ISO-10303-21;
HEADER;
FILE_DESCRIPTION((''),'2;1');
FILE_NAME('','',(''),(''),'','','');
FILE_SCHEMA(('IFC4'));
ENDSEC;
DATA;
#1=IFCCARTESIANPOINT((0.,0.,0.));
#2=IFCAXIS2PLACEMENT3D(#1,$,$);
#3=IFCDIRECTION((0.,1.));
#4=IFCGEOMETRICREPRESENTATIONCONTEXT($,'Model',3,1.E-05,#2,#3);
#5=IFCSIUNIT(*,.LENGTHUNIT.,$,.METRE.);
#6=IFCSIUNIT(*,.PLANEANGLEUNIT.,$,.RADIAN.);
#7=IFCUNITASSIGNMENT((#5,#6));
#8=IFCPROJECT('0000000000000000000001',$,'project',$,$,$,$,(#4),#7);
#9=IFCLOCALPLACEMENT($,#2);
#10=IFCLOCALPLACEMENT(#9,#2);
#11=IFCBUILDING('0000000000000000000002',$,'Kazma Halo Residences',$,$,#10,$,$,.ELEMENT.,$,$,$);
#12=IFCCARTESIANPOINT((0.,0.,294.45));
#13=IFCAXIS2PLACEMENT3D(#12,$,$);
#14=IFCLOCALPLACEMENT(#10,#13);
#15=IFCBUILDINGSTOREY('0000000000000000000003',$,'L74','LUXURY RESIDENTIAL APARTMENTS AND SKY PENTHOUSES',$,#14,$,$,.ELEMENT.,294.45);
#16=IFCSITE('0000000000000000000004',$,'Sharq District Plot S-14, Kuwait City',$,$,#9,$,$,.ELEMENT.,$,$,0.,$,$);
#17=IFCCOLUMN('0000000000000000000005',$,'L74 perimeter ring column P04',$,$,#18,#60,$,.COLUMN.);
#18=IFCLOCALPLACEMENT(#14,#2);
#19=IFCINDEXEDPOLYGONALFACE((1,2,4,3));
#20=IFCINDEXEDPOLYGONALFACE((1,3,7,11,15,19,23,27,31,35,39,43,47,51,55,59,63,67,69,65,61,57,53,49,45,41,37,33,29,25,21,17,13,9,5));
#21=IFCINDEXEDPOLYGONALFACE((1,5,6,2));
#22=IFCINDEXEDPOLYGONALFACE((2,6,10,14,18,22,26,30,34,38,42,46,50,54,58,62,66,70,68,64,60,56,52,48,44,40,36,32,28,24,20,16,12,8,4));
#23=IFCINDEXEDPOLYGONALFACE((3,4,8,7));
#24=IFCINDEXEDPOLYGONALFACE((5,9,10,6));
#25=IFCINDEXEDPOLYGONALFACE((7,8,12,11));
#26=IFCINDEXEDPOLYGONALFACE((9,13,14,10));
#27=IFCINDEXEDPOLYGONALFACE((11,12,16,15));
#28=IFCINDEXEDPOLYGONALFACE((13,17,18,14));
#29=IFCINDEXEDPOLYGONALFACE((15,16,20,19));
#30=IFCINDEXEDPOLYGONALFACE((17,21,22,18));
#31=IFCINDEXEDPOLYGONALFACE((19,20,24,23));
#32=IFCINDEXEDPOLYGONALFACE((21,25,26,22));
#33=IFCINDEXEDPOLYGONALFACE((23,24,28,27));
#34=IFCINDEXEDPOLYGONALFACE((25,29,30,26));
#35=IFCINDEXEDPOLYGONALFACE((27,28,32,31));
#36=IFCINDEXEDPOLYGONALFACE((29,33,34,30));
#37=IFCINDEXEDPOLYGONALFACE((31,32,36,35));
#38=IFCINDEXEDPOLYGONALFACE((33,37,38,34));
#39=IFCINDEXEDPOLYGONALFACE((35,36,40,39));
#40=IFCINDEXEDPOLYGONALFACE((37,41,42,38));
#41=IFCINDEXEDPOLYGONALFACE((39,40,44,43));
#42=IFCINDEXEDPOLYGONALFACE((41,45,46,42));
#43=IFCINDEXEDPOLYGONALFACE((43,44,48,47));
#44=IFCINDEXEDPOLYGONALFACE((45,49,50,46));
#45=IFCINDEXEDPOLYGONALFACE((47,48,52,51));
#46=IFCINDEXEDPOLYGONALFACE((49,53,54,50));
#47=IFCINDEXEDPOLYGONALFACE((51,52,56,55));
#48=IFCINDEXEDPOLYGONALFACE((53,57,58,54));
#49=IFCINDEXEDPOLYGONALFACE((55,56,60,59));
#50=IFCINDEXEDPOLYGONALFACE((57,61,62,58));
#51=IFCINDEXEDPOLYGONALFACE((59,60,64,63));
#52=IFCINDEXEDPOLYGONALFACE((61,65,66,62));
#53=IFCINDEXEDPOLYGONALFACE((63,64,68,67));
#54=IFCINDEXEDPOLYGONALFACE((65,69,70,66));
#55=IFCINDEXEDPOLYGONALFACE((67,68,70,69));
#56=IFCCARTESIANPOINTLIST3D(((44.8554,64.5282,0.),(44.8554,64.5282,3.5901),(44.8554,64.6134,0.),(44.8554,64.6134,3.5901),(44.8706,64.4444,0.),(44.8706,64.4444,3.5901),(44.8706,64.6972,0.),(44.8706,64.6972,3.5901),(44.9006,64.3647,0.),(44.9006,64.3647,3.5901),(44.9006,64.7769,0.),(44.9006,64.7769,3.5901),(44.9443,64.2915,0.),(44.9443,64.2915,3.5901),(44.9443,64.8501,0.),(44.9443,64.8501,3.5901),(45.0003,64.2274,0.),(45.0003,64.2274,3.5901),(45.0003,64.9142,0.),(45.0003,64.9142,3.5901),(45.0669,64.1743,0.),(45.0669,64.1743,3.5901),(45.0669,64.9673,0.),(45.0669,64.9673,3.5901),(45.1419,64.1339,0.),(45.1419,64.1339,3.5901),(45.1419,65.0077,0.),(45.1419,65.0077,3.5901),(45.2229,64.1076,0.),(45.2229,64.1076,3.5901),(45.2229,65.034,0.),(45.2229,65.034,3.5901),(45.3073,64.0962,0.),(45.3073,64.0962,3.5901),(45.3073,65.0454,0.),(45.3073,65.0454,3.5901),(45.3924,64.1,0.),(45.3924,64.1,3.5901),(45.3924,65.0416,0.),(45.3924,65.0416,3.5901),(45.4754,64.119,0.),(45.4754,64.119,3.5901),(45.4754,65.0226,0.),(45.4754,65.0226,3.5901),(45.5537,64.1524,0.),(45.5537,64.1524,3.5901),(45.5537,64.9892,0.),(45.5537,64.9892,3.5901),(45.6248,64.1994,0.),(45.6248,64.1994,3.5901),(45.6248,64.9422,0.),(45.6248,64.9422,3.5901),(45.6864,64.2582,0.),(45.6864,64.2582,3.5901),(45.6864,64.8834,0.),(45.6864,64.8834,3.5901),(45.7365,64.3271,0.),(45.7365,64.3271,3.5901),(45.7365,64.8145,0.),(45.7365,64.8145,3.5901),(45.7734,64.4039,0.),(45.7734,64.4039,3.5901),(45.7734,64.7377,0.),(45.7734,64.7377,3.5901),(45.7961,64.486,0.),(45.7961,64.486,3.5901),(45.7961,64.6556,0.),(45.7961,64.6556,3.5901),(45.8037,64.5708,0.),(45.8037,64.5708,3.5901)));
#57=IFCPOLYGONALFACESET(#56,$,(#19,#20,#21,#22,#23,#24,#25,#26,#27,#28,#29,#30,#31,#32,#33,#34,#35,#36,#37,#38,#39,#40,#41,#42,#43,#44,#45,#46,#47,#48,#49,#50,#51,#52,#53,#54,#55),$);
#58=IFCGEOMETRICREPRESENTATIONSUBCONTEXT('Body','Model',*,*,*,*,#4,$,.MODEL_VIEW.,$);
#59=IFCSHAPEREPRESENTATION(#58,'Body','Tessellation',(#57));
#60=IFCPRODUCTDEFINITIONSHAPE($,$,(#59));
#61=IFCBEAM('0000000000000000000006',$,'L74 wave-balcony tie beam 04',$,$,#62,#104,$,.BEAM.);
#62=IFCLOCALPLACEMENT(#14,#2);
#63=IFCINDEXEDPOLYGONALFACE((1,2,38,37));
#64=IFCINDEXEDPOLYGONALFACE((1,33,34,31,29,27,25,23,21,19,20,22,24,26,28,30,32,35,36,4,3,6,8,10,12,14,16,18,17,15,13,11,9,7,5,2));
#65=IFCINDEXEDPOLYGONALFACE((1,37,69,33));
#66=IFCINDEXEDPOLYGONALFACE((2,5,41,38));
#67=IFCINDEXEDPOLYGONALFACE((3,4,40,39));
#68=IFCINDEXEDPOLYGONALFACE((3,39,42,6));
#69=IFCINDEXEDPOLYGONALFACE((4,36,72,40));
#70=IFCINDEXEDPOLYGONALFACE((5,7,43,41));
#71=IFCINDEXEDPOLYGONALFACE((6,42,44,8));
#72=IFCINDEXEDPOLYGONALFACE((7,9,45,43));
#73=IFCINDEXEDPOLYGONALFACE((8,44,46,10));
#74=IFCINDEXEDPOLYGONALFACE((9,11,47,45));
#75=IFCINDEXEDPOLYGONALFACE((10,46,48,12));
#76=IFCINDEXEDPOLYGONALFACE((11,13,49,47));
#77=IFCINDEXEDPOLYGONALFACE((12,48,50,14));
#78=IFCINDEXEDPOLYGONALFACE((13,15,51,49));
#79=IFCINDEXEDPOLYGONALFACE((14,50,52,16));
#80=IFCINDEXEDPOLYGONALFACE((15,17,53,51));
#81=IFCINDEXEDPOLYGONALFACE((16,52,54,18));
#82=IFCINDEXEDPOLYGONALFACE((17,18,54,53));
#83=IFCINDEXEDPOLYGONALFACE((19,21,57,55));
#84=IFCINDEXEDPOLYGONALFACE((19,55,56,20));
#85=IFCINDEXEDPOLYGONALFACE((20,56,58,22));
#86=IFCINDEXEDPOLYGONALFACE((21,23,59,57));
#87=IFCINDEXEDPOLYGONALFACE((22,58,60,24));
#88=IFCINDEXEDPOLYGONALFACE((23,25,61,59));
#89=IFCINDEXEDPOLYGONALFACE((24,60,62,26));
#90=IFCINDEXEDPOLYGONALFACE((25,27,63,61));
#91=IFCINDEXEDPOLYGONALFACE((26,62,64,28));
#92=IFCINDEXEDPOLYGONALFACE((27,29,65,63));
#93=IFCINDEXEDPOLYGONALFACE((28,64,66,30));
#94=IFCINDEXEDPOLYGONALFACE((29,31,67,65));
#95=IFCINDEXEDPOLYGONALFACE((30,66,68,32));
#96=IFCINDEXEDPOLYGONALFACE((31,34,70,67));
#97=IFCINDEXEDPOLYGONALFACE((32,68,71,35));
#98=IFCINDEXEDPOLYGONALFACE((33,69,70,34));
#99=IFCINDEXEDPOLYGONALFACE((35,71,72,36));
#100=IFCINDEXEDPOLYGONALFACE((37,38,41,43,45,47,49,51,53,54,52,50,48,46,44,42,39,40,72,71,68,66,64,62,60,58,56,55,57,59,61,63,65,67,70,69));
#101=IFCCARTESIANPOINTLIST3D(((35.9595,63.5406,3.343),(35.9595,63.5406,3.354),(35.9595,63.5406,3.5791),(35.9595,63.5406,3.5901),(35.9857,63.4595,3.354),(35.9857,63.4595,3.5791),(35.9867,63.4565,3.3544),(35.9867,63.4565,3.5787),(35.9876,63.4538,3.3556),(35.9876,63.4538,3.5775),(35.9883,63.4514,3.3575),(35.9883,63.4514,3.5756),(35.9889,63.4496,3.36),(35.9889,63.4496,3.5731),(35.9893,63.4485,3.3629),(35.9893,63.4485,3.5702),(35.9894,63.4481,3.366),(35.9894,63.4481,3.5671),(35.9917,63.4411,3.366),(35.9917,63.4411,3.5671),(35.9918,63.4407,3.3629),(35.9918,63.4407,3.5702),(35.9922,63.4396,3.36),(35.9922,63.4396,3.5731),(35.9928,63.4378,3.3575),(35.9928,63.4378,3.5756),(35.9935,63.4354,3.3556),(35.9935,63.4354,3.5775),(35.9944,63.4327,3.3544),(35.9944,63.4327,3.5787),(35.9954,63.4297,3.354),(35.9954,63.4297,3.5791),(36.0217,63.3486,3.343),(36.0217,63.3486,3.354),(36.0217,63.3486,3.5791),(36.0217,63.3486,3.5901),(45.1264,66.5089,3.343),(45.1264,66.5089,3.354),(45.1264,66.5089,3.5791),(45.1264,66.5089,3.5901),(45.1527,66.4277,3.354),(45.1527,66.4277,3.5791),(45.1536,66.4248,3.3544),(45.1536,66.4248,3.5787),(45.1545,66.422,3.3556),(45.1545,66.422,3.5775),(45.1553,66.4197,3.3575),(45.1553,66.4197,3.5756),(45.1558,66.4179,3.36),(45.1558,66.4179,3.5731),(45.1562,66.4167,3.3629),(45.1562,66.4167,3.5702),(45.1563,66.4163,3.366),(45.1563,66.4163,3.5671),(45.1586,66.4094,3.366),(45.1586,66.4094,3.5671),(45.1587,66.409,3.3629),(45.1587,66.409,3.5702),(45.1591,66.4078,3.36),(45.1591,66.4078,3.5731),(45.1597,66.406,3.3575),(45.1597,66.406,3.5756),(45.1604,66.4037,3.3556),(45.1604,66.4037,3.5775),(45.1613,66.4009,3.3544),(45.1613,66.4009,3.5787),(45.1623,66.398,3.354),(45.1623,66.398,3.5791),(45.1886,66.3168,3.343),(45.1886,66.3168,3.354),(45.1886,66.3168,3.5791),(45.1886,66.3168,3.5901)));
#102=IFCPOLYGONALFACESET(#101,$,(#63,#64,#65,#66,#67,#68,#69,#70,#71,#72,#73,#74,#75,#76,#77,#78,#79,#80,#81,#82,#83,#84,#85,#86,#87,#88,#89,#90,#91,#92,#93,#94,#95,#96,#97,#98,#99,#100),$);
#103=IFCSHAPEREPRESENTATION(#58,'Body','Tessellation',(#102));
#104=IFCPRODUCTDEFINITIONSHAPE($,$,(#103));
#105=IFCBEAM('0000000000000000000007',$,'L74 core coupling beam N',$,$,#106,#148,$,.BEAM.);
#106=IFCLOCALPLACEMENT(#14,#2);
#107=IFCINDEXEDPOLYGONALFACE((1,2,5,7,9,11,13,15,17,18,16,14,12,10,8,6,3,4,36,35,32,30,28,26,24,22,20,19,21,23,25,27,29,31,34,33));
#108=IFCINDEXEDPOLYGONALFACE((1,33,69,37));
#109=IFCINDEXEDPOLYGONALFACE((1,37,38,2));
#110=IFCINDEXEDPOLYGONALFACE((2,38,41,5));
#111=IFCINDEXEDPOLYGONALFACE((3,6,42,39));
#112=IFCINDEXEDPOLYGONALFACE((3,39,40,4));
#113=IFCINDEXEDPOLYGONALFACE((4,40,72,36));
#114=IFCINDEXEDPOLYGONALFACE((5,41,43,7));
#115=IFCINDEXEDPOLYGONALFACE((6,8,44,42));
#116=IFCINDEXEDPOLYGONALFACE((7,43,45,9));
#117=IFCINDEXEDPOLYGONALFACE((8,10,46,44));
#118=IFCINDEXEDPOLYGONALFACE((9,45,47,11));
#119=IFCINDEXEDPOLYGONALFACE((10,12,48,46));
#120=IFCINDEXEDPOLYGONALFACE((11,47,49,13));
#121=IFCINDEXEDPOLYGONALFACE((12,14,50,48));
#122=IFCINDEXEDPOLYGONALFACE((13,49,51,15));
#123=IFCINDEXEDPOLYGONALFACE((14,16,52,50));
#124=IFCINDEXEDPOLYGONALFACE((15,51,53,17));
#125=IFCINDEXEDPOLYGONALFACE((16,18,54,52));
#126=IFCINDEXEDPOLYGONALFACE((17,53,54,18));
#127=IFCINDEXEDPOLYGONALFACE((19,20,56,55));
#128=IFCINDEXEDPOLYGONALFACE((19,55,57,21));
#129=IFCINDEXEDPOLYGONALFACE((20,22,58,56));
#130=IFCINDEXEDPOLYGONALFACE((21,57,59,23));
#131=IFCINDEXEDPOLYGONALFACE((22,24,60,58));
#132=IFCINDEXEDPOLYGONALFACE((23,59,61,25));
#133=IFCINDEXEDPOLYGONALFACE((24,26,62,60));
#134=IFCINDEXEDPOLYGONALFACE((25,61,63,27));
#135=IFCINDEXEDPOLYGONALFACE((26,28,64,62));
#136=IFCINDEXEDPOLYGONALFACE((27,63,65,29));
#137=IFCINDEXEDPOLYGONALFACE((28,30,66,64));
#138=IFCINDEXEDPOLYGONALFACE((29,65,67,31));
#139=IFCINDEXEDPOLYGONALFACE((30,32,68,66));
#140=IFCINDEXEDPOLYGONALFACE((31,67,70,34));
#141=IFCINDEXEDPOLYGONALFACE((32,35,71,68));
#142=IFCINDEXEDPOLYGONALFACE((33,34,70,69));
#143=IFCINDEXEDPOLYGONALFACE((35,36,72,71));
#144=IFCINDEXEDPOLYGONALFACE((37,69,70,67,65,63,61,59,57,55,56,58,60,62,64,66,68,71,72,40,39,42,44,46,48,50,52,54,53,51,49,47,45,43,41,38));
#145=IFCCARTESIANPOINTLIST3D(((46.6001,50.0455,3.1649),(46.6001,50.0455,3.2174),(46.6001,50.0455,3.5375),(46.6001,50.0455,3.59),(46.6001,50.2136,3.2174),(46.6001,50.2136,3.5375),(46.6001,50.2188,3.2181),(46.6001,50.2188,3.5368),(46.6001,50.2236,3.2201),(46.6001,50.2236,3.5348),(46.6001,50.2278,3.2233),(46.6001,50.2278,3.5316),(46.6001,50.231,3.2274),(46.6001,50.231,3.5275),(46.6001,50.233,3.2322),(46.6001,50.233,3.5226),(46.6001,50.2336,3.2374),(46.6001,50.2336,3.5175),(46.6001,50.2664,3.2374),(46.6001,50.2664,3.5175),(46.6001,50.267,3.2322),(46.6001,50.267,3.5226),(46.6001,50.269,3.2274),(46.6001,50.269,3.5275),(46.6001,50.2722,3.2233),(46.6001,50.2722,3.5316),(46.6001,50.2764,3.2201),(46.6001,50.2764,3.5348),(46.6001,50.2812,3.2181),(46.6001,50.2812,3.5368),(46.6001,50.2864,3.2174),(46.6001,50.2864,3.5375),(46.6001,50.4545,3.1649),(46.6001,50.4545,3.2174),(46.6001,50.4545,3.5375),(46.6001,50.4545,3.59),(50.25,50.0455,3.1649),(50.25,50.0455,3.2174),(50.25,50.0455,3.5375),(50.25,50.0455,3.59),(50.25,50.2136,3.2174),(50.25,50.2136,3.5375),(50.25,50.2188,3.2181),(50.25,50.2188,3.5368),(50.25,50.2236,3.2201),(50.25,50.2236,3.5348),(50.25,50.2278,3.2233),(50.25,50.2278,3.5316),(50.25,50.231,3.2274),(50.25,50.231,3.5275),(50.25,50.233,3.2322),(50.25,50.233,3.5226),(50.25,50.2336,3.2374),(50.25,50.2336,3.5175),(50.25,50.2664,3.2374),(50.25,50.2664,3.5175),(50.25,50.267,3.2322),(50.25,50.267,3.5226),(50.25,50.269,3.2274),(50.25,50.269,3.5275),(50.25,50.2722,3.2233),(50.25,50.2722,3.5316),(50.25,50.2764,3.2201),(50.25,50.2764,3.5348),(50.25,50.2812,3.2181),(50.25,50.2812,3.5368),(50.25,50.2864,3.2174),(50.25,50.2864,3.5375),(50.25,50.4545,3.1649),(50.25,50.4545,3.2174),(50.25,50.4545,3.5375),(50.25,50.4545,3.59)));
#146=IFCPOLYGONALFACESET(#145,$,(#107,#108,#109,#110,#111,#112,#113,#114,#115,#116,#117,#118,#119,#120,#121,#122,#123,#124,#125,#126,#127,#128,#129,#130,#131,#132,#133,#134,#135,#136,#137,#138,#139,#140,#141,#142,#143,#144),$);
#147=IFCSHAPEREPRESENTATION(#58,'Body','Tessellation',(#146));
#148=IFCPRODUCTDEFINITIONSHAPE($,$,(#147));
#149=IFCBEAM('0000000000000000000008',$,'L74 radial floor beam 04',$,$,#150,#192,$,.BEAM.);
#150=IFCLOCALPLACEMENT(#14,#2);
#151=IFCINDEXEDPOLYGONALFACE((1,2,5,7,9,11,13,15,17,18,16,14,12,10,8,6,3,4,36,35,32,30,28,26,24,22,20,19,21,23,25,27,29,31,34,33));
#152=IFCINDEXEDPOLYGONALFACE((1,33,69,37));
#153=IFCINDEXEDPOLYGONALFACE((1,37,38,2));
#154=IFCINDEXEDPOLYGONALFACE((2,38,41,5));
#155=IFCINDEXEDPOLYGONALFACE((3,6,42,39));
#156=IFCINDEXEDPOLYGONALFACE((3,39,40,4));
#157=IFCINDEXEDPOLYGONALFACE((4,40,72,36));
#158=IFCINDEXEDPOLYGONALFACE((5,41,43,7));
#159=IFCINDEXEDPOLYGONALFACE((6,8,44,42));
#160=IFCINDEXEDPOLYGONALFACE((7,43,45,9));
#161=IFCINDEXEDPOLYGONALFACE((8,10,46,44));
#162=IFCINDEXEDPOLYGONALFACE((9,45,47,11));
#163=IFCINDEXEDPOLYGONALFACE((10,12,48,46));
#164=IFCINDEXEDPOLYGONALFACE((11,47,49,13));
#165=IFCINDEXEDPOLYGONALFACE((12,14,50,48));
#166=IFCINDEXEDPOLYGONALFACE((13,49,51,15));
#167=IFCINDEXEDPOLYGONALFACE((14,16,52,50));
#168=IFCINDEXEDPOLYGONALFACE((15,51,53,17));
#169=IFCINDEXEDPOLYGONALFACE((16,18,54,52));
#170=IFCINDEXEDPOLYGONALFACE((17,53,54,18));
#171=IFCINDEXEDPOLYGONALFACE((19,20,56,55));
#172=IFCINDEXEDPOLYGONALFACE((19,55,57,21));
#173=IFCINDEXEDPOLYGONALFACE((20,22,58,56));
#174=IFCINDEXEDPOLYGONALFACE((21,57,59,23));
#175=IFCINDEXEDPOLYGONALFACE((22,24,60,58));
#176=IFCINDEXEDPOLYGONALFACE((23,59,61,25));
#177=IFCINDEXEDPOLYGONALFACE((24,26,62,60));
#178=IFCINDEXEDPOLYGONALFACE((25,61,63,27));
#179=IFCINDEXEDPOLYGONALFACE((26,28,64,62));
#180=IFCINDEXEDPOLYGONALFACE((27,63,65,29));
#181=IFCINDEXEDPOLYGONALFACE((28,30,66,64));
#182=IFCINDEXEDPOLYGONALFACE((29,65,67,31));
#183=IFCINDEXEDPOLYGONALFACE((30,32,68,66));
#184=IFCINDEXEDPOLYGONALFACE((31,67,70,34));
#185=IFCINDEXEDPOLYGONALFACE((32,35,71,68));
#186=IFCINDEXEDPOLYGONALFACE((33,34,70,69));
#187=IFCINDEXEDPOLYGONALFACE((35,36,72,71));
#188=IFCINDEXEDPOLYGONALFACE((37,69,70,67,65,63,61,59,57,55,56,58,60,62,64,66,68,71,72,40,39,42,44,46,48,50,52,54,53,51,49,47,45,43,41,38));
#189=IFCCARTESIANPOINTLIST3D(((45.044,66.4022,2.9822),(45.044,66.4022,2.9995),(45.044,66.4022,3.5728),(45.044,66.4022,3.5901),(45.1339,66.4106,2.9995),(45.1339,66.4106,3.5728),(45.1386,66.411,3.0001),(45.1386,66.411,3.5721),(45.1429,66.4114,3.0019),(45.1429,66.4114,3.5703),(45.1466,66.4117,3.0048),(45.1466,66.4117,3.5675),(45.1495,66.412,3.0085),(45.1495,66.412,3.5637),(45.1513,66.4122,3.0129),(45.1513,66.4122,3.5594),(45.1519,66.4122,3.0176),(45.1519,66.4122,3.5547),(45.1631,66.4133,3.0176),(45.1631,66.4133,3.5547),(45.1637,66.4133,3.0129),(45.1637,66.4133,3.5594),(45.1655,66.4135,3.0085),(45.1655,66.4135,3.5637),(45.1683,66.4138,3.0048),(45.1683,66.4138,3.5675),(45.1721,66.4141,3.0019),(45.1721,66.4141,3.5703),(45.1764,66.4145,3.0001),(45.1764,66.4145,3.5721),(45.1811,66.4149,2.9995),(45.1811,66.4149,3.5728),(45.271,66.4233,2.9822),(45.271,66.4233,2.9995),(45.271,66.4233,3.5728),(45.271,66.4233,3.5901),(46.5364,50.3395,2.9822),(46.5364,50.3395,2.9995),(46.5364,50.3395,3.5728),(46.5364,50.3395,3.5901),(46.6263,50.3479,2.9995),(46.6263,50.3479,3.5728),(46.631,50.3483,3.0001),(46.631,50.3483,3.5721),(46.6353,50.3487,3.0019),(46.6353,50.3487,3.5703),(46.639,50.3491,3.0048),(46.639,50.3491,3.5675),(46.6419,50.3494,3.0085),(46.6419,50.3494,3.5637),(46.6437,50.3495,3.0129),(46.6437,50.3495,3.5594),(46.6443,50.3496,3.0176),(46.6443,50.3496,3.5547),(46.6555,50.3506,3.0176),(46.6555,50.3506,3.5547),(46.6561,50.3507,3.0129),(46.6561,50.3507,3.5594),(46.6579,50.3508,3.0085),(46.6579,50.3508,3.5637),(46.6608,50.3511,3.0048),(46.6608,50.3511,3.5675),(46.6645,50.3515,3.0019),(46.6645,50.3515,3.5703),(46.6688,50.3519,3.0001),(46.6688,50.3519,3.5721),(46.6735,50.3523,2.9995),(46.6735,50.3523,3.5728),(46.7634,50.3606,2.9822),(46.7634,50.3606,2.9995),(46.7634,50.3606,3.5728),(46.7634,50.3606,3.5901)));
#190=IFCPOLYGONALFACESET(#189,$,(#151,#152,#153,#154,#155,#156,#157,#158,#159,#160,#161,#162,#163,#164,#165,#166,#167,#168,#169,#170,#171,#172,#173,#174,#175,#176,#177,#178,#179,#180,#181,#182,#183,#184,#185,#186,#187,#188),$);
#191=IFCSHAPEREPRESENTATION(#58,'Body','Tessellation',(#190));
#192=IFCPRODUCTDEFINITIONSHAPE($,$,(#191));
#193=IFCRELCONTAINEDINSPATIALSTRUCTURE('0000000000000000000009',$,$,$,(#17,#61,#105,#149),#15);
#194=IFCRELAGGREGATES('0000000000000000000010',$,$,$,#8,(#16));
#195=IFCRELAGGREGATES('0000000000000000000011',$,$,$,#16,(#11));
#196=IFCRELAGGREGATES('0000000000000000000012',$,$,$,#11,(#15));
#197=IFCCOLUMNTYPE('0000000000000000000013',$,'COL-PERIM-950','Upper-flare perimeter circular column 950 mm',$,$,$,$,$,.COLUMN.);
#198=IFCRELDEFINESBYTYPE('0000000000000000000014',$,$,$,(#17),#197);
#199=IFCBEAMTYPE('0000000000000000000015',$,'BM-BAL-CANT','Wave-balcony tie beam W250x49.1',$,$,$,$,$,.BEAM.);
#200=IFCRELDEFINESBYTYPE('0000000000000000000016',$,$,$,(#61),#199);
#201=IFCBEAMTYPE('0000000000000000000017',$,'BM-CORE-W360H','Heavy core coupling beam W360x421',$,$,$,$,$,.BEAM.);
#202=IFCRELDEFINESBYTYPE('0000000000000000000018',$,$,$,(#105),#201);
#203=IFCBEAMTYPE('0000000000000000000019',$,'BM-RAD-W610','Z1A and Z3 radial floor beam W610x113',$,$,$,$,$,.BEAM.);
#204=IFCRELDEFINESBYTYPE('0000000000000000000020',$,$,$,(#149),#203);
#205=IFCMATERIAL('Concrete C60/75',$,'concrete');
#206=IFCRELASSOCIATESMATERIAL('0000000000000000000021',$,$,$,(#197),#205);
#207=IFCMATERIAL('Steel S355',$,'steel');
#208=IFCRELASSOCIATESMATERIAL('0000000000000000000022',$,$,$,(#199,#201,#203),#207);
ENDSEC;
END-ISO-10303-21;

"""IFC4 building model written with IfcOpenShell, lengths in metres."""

from ifc_helpers import new_model, si_unit, direction, frame, origin, origin_2d, place, context, subcontext, project, spatial, circle, i_section, extrude, material, material_profile, profile_set, type_object, element, save


model = new_model("IFC4")

# Units and contexts
model_context = context("Model", 3, precision=1e-05, world=origin(), true_north=direction((0.0, 1.0)))
body_context = subcontext(model_context, "Body", "Model", "MODEL_VIEW")
ifc_project = project(units=[si_unit("LENGTHUNIT", "METRE"), si_unit("PLANEANGLEUNIT", "RADIAN")], contexts=[model_context])

# Site, building, storey
site_placement = place(None, origin())
site = spatial("IfcSite", under=ifc_project, at=site_placement, Name="Sharq District Plot S-14, Kuwait City", CompositionType="ELEMENT", RefElevation=0.0)
building_placement = place(site_placement, origin())
building = spatial("IfcBuilding", under=site, at=building_placement, Name="Kazma Halo Residences", CompositionType="ELEMENT")
storey_placement = place(building_placement, frame((0.0, 0.0, 294.45)))
storey = spatial("IfcBuildingStorey", under=building, at=storey_placement, Name="L74", Description="LUXURY RESIDENTIAL APARTMENTS AND SKY PENTHOUSES", CompositionType="ELEMENT", Elevation=294.45)

# Column
ifc_material_1 = material(Name="Concrete C60/75", Category="concrete")
ifc_material_profile_1 = material_profile(ifc_material_1, circle(Radius=0.4751, at=origin_2d()), Name="CIRC950")
ifc_profile_set_1 = profile_set([ifc_material_profile_1], Name="Concrete C60/75")
column_type = type_object("IfcColumnType", Name="COL-PERIM-950", Description="Upper-flare perimeter circular column 950 mm", PredefinedType="COLUMN", material=ifc_profile_set_1)
column_placement = place(storey_placement, frame((45.3286, 64.5708, 0.0), z_axis=(0.0, 0.0, 1.0), x_axis=(1.0, 0.0, 0.0)))
element("IfcColumn", 1, at=column_placement, inside=storey, type_object=column_type, Name="L74 perimeter ring column P04", PredefinedType="COLUMN", context=body_context, shape_type="SweptSolid", body=[
    extrude(circle(Radius=0.4751, at=origin_2d()), origin(), (0.0, 0.0, 1.0), 3.5901),
])

# Beams
ifc_material_2 = material(Name="Steel S355", Category="steel")
ifc_material_profile_2 = material_profile(ifc_material_2, i_section(OverallWidth=0.2019, OverallDepth=0.2471, WebThickness=0.0073, FlangeThickness=0.011, FilletRadius=0.012, at=origin_2d()), Name="W250x49.1")
ifc_profile_set_2 = profile_set([ifc_material_profile_2], Name="Steel S355")
beam_type_1 = type_object("IfcBeamType", Name="BM-BAL-CANT", Description="Wave-balcony tie beam W250x49.1", PredefinedType="BEAM", material=ifc_profile_set_2)
beam_1_placement = place(storey_placement, frame((45.1575, 66.4128, 3.4666), z_axis=(-0.951369, -0.308052, 0.0), x_axis=(0.308052, -0.951369, 0.0)))
element("IfcBeam", 2, at=beam_1_placement, inside=storey, type_object=beam_type_1, Name="L74 wave-balcony tie beam 04", PredefinedType="BEAM", context=body_context, shape_type="SweptSolid", body=[
    extrude(i_section(OverallWidth=0.2019, OverallDepth=0.2471, WebThickness=0.0073, FlangeThickness=0.011, FilletRadius=0.012, at=origin_2d()), origin(), (0.0, 0.0, 1.0), 9.6355),
])
ifc_material_profile_3 = material_profile(ifc_material_2, i_section(OverallWidth=0.4089, OverallDepth=0.425, WebThickness=0.0327, FlangeThickness=0.0525, FilletRadius=0.02, at=origin_2d()), Name="W360x421")
ifc_profile_set_3 = profile_set([ifc_material_profile_3], Name="Steel S355")
beam_type_2 = type_object("IfcBeamType", Name="BM-CORE-W360H", Description="Heavy core coupling beam W360x421", PredefinedType="BEAM", material=ifc_profile_set_3)
beam_2_placement = place(storey_placement, frame((46.6001, 50.25, 3.3774), z_axis=(1.0, 0.0, 0.0), x_axis=(0.0, 1.0, 0.0)))
element("IfcBeam", 3, at=beam_2_placement, inside=storey, type_object=beam_type_2, Name="L74 core coupling beam N", PredefinedType="BEAM", context=body_context, shape_type="SweptSolid", body=[
    extrude(i_section(OverallWidth=0.4089, OverallDepth=0.425, WebThickness=0.0327, FlangeThickness=0.0525, FilletRadius=0.02, at=origin_2d()), origin(), (0.0, 0.0, 1.0), 3.6499),
])
ifc_material_profile_4 = material_profile(ifc_material_2, i_section(OverallWidth=0.228, OverallDepth=0.6079, WebThickness=0.0112, FlangeThickness=0.0173, FilletRadius=0.0181, at=origin_2d()), Name="W610x113")
ifc_profile_set_4 = profile_set([ifc_material_profile_4], Name="Steel S355")
beam_type_3 = type_object("IfcBeamType", Name="BM-RAD-W610", Description="Z1A and Z3 radial floor beam W610x113", PredefinedType="BEAM", material=ifc_profile_set_4)
beam_3_placement = place(storey_placement, frame((46.6499, 50.3501, 3.2861), z_axis=(-0.092514, 0.995711, 0.0), x_axis=(-0.995711, -0.092514, 0.0)))
element("IfcBeam", 4, at=beam_3_placement, inside=storey, type_object=beam_type_3, Name="L74 radial floor beam 04", PredefinedType="BEAM", context=body_context, shape_type="SweptSolid", body=[
    extrude(i_section(OverallWidth=0.228, OverallDepth=0.6079, WebThickness=0.0112, FlangeThickness=0.0173, FilletRadius=0.0181, at=origin_2d()), origin(), (0.0, 0.0, 1.0), 16.1318),
])

save(model, "model.ifc")
